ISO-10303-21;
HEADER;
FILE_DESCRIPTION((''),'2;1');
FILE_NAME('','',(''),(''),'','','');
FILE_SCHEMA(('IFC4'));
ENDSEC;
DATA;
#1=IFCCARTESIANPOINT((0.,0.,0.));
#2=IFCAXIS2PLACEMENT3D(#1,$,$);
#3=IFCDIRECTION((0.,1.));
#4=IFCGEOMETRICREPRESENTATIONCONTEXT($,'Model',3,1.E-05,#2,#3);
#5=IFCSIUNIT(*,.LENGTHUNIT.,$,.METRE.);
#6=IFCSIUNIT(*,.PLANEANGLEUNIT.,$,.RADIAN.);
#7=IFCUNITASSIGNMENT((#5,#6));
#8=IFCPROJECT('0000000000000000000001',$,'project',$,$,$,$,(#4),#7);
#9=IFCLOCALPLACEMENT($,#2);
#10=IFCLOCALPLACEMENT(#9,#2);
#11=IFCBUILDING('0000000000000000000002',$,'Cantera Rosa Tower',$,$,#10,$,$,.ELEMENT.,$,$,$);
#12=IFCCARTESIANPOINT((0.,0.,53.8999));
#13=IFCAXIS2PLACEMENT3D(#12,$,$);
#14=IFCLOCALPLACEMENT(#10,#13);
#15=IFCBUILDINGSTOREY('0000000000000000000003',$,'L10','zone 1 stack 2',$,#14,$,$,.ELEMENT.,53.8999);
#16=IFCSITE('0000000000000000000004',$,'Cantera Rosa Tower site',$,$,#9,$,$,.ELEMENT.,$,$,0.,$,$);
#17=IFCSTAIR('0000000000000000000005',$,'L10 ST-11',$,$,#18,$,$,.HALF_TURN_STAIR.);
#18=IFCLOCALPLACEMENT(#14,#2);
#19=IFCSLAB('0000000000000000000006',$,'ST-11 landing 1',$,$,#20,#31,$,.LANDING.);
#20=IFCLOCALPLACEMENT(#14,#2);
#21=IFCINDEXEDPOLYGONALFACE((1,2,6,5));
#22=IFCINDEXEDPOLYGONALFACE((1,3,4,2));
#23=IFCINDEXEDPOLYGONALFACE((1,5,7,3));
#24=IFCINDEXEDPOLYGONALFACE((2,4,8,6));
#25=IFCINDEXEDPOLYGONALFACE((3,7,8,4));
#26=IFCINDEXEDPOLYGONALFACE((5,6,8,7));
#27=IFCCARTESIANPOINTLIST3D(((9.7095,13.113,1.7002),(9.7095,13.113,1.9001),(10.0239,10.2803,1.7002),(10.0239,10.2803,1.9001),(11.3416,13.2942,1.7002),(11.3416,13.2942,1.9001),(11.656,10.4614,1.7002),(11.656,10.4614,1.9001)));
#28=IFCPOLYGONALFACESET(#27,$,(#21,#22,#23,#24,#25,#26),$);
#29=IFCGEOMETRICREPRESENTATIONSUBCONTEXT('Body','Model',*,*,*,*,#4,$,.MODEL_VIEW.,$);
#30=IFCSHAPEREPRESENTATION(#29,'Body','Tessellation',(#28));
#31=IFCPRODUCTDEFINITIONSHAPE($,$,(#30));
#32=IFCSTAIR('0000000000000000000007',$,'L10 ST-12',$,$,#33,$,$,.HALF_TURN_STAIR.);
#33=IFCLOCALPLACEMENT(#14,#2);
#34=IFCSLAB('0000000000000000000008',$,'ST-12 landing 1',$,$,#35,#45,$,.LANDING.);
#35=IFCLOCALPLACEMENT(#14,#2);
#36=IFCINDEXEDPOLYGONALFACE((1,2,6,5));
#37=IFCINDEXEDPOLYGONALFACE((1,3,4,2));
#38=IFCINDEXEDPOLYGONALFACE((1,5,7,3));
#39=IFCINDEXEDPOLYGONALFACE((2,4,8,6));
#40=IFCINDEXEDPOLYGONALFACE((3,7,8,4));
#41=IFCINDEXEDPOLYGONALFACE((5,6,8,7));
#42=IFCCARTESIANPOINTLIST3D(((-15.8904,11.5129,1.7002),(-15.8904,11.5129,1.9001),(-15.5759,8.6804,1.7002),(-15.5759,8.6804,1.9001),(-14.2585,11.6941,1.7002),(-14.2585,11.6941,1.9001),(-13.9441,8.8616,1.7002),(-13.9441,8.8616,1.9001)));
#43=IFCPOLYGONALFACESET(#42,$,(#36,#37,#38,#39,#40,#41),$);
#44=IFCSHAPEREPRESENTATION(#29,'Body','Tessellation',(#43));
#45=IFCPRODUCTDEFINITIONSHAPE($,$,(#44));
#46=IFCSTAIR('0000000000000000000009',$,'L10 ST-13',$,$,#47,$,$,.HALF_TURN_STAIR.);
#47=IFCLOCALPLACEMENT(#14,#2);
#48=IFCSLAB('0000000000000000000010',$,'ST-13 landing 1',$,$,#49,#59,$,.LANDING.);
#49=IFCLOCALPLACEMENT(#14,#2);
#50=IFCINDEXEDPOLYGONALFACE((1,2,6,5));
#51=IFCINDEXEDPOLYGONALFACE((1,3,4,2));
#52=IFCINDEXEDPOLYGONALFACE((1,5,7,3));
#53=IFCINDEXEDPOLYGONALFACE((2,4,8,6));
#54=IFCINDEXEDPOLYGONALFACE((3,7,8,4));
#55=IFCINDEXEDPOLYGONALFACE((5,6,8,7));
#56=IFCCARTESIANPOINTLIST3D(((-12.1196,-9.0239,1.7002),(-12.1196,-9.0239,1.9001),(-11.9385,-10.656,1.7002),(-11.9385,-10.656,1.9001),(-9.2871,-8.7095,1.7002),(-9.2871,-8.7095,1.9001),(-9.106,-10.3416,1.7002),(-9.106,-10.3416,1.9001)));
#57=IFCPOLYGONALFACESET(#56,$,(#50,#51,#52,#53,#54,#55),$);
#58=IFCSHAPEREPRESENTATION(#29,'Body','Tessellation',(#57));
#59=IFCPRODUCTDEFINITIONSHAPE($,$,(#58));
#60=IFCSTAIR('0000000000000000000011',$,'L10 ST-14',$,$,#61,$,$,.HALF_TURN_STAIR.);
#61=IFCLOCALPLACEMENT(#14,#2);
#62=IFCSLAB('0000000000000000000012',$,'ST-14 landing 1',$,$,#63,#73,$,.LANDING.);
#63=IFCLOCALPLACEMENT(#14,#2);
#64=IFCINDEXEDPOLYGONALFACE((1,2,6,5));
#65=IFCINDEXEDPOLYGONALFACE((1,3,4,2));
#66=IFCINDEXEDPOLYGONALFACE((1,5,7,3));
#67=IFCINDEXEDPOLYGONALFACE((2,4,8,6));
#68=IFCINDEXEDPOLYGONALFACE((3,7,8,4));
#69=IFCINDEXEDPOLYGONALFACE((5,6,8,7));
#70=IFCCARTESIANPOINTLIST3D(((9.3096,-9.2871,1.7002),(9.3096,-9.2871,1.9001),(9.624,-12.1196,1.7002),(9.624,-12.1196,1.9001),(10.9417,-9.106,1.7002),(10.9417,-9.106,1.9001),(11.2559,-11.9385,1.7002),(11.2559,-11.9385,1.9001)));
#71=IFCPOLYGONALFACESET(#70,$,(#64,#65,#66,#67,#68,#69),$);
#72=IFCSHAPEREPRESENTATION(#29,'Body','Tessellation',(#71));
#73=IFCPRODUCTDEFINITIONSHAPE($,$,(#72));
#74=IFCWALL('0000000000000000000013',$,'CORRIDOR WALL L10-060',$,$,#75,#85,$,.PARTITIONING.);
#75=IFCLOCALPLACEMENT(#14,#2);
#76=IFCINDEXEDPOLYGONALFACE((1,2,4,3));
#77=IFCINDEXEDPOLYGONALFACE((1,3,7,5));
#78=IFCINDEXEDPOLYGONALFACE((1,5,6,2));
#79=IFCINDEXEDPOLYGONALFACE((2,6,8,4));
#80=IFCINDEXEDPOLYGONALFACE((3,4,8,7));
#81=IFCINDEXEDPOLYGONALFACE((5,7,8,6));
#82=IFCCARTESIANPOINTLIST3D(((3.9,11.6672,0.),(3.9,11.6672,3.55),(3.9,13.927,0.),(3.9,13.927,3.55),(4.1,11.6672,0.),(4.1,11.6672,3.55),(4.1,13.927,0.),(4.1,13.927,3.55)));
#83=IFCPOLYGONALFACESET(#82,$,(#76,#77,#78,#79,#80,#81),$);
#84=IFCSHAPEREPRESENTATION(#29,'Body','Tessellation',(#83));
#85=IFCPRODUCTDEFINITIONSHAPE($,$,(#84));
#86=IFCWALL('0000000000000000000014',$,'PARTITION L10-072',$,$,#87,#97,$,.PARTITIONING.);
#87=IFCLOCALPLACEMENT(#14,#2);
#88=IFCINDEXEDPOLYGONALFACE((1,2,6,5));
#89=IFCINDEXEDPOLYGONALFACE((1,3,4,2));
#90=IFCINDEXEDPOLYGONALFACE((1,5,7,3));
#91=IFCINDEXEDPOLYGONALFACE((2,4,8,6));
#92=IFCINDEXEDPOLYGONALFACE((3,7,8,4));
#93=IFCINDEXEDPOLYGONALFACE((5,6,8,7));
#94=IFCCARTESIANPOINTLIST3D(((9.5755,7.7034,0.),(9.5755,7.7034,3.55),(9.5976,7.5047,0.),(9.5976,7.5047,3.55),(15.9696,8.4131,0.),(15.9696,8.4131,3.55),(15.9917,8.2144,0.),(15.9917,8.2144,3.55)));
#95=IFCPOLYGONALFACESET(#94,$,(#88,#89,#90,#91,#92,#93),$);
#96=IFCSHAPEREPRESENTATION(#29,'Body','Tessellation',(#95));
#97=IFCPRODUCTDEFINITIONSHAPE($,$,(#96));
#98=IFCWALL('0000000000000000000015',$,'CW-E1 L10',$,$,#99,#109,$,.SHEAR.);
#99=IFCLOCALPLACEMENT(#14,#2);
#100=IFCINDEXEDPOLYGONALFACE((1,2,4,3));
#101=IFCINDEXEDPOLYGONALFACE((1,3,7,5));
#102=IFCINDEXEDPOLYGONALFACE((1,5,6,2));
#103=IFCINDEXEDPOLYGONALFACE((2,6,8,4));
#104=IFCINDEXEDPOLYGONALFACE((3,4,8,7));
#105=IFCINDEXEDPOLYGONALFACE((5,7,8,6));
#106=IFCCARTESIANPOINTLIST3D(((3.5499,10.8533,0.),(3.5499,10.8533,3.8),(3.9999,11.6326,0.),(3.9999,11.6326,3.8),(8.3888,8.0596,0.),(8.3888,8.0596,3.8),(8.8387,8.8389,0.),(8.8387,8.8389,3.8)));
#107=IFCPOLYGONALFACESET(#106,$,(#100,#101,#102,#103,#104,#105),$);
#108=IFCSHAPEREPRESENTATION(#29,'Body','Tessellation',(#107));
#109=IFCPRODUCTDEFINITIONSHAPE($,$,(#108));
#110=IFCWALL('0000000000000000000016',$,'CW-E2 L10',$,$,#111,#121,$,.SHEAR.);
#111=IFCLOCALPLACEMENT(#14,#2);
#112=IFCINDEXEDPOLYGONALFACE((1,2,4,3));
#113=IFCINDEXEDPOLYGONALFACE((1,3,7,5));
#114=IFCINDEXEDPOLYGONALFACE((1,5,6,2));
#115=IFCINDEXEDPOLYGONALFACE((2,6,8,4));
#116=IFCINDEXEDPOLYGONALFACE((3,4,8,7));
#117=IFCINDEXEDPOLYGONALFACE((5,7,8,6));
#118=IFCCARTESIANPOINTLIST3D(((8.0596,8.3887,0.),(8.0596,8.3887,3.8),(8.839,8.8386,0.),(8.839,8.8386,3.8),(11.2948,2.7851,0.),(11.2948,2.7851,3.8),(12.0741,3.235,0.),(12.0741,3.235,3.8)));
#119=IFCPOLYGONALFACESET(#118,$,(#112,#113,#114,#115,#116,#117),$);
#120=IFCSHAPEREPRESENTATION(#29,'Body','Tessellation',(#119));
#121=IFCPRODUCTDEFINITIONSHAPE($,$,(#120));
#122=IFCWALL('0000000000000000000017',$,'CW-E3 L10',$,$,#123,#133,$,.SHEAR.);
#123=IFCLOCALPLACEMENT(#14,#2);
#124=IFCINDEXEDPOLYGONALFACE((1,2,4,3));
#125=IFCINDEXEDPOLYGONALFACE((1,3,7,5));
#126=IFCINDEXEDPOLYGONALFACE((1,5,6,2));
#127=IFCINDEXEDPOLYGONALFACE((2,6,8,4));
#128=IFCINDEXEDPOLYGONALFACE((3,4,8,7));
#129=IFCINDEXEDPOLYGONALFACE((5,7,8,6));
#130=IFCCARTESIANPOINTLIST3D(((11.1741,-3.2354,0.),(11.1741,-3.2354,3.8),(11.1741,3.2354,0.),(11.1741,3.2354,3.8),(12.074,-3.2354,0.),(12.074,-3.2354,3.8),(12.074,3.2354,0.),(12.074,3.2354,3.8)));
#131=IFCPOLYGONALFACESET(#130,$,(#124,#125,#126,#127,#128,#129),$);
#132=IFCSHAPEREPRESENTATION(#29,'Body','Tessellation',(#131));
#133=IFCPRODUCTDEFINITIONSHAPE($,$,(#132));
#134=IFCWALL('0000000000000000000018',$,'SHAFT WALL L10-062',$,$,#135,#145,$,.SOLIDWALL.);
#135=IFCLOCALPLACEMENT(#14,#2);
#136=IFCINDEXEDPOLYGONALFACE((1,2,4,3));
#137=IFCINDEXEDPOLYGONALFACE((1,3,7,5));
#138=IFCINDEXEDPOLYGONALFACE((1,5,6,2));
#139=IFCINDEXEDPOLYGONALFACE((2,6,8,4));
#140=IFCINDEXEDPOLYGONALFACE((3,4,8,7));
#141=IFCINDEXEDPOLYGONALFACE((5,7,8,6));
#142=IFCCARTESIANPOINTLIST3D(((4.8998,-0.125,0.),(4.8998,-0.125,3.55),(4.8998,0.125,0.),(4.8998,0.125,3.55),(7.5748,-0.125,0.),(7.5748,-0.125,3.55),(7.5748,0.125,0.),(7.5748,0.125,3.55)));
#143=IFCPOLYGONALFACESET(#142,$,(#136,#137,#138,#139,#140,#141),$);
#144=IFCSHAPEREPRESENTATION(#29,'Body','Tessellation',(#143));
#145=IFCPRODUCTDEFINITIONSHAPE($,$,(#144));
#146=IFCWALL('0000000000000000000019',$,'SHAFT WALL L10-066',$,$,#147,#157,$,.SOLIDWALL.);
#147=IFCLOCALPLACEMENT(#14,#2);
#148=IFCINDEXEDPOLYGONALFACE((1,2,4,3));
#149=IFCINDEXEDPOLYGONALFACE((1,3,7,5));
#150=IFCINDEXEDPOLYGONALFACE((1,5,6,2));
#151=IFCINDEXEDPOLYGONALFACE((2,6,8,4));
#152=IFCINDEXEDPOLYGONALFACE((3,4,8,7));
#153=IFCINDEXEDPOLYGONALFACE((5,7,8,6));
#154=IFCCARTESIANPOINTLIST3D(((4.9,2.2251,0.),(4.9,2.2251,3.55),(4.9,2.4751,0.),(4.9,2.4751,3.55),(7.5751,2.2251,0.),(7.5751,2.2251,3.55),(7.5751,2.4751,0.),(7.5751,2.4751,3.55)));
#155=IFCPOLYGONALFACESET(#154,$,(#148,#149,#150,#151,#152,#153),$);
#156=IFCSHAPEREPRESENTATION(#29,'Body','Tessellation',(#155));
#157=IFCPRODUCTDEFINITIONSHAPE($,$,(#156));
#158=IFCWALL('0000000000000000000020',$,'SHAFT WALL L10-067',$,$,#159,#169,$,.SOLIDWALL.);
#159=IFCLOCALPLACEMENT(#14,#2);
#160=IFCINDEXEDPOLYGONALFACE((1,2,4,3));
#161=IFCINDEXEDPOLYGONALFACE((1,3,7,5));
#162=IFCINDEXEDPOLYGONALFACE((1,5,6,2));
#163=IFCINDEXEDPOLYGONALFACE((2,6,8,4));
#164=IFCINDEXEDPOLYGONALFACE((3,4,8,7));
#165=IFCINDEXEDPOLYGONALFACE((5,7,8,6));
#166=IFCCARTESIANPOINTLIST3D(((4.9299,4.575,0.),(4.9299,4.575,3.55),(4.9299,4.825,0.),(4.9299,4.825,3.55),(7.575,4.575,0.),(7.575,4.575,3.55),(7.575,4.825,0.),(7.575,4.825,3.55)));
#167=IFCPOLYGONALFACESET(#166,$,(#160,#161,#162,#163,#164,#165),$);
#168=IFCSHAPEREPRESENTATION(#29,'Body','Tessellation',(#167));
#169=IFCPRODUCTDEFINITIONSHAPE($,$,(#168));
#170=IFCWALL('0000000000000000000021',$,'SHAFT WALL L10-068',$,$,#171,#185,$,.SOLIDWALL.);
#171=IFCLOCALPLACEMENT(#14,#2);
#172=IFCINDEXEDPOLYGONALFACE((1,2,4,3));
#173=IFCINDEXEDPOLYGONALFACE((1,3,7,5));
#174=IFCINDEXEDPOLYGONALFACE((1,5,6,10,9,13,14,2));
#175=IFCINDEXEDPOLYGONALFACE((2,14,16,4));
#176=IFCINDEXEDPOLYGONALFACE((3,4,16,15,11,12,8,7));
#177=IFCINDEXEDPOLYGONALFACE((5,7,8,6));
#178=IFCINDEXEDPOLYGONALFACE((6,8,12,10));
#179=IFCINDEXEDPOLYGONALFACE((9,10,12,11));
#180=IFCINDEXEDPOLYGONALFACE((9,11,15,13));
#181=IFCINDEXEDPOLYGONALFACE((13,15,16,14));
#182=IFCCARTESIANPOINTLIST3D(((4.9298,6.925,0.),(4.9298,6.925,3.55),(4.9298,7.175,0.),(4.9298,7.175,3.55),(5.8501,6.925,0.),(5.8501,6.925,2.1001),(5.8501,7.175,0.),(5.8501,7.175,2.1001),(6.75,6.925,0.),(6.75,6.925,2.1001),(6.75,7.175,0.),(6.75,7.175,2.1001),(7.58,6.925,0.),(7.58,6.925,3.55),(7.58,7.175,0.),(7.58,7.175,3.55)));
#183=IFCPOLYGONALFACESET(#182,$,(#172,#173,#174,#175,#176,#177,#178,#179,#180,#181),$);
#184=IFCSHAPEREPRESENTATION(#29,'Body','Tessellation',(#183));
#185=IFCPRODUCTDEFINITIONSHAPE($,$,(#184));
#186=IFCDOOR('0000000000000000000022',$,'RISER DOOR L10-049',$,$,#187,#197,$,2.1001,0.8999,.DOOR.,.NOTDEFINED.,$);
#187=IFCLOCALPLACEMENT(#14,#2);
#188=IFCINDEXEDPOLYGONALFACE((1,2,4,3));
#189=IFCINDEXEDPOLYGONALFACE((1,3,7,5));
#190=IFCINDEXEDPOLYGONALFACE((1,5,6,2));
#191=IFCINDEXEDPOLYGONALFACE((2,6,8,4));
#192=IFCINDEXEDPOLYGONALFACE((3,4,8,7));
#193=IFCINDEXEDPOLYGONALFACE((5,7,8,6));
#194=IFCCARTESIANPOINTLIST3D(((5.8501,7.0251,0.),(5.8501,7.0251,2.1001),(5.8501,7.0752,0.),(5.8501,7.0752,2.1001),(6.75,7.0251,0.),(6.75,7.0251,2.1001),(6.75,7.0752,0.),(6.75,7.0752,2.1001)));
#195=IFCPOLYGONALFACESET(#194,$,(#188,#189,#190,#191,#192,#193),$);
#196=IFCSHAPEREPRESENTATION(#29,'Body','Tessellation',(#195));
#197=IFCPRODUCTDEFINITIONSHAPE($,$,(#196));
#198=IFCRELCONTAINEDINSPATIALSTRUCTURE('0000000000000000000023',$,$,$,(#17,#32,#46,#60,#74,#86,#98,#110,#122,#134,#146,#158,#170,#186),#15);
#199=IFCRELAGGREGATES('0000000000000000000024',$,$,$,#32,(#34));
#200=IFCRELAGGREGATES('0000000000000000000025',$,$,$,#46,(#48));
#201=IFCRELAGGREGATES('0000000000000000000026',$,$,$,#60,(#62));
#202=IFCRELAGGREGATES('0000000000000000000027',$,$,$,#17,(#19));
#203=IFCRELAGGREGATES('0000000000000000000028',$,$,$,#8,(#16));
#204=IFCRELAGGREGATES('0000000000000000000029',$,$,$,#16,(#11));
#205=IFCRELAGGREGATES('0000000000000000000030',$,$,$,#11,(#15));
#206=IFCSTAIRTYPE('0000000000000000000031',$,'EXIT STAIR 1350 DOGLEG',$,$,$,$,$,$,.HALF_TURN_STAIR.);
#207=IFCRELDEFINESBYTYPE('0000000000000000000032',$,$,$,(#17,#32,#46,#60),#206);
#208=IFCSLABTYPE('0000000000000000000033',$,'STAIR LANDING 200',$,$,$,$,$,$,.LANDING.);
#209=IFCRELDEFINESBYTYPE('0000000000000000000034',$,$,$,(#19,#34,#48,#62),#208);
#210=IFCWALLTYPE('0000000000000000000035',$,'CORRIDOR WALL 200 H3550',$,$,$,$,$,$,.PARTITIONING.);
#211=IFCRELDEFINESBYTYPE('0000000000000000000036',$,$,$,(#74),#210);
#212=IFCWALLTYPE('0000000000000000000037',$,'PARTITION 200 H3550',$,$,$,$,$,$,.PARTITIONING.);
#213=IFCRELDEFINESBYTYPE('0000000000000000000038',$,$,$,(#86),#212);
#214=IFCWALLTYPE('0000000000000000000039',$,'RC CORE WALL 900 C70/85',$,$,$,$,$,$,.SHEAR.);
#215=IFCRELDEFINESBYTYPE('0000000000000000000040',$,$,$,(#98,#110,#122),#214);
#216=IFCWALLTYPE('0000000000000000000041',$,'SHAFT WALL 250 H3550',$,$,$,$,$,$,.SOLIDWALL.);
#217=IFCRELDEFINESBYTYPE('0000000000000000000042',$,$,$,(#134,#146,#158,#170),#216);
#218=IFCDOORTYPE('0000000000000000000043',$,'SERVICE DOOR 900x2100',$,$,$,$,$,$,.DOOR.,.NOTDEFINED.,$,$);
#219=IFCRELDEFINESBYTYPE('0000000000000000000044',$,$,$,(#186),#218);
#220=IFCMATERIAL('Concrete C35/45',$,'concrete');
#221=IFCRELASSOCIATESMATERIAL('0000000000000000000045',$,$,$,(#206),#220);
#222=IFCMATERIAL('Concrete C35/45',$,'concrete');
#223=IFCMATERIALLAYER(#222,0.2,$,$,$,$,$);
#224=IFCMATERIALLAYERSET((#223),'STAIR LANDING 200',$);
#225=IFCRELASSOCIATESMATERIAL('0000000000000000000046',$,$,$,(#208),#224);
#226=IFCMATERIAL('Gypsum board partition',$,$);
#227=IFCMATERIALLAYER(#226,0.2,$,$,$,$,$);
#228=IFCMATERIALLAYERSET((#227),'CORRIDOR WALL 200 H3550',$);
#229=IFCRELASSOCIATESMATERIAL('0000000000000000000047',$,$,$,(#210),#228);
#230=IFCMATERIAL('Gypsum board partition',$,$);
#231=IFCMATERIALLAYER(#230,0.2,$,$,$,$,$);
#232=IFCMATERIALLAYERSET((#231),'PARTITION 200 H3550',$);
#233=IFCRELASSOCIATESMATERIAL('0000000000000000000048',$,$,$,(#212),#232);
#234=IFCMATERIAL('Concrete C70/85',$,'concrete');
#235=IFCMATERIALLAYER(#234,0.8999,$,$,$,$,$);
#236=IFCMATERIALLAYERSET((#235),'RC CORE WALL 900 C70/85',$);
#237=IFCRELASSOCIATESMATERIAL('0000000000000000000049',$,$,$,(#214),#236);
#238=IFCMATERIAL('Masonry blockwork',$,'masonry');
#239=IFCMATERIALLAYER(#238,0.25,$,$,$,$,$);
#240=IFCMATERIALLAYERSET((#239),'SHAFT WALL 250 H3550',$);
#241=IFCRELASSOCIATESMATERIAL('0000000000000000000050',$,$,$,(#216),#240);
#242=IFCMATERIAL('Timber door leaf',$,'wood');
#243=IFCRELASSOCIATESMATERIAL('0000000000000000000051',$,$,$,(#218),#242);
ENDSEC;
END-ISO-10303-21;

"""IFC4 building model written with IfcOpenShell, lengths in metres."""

from ifc_helpers import new_model, si_unit, direction, frame, frame_2d, origin, place, context, subcontext, project, spatial, polyline, rectangle, outline, extrude, material, layer, layer_set, type_object, element, fill, aggregate, save


model = new_model("IFC4")

# Units and contexts
model_context = context("Model", 3, precision=1e-05, world=origin(), true_north=direction((0.0, 1.0)))
body_context = subcontext(model_context, "Body", "Model", "MODEL_VIEW")
ifc_project = project(units=[si_unit("LENGTHUNIT", "METRE"), si_unit("PLANEANGLEUNIT", "RADIAN")], contexts=[model_context])

# Site, building, storey
site_placement = place(None, origin())
site = spatial("IfcSite", under=ifc_project, at=site_placement, Name="Cantera Rosa Tower site", CompositionType="ELEMENT", RefElevation=0.0)
building_placement = place(site_placement, origin())
building = spatial("IfcBuilding", under=site, at=building_placement, Name="Cantera Rosa Tower", CompositionType="ELEMENT")
storey_placement = place(building_placement, frame((0.0, 0.0, 53.8999)))
storey = spatial("IfcBuildingStorey", under=building, at=storey_placement, Name="L10", Description="zone 1 stack 2", CompositionType="ELEMENT", Elevation=53.8999)

# Stairs, slabs
ifc_material_1 = material(Name="Concrete C35/45", Category="concrete")
stair_type = type_object("IfcStairType", Name="EXIT STAIR 1350 DOGLEG", PredefinedType="HALF_TURN_STAIR", material=ifc_material_1)
stair_1_placement = place(storey_placement, origin())
stair_1 = element("IfcStair", 1, at=stair_1_placement, inside=storey, type_object=stair_type, Name="L10 ST-11", PredefinedType="HALF_TURN_STAIR")
ifc_material_2 = material(Name="Concrete C35/45", Category="concrete")
ifc_layer_1 = layer(ifc_material_2, 0.2)
ifc_layer_set_1 = layer_set([ifc_layer_1], Name="STAIR LANDING 200")
slab_type = type_object("IfcSlabType", Name="STAIR LANDING 200", PredefinedType="LANDING", material=ifc_layer_set_1)
slab_1_placement = place(storey_placement, frame((0.0, 0.0, 1.7002)))
slab_1 = element("IfcSlab", 2, at=slab_1_placement, type_object=slab_type, Name="ST-11 landing 1", PredefinedType="LANDING", context=body_context, shape_type="SweptSolid", body=[
    extrude(outline(polyline([(11.3416, 13.2942), (9.7095, 13.113), (10.0239, 10.2803), (11.656, 10.4614), (11.3416, 13.2942)])), origin(), (0.0, 0.0, 1.0), 0.2),
])
stair_2_placement = place(storey_placement, origin())
stair_2 = element("IfcStair", 3, at=stair_2_placement, inside=storey, type_object=stair_type, Name="L10 ST-12", PredefinedType="HALF_TURN_STAIR")
slab_2_placement = place(storey_placement, frame((0.0, 0.0, 1.7002)))
slab_2 = element("IfcSlab", 4, at=slab_2_placement, type_object=slab_type, Name="ST-12 landing 1", PredefinedType="LANDING", context=body_context, shape_type="SweptSolid", body=[
    extrude(outline(polyline([(-14.2585, 11.6941), (-15.8904, 11.5129), (-15.5759, 8.6804), (-13.9441, 8.8616), (-14.2585, 11.6941)])), origin(), (0.0, 0.0, 1.0), 0.2),
])
aggregate(stair_2, [slab_2])
stair_3_placement = place(storey_placement, origin())
stair_3 = element("IfcStair", 5, at=stair_3_placement, inside=storey, type_object=stair_type, Name="L10 ST-13", PredefinedType="HALF_TURN_STAIR")
slab_3_placement = place(storey_placement, frame((0.0, 0.0, 1.7002)))
slab_3 = element("IfcSlab", 6, at=slab_3_placement, type_object=slab_type, Name="ST-13 landing 1", PredefinedType="LANDING", context=body_context, shape_type="SweptSolid", body=[
    extrude(outline(polyline([(-9.106, -10.3416), (-9.2871, -8.7095), (-12.1196, -9.0239), (-11.9385, -10.656), (-9.106, -10.3416)])), origin(), (0.0, 0.0, 1.0), 0.2),
])
aggregate(stair_3, [slab_3])
stair_4_placement = place(storey_placement, origin())
stair_4 = element("IfcStair", 7, at=stair_4_placement, inside=storey, type_object=stair_type, Name="L10 ST-14", PredefinedType="HALF_TURN_STAIR")
slab_4_placement = place(storey_placement, frame((0.0, 0.0, 1.7002)))
slab_4 = element("IfcSlab", 8, at=slab_4_placement, type_object=slab_type, Name="ST-14 landing 1", PredefinedType="LANDING", context=body_context, shape_type="SweptSolid", body=[
    extrude(outline(polyline([(10.9417, -9.106), (9.3096, -9.2871), (9.624, -12.1196), (11.2559, -11.9385), (10.9417, -9.106)])), origin(), (0.0, 0.0, 1.0), 0.2),
])
aggregate(stair_4, [slab_4])

# Walls
ifc_material_3 = material(Name="Gypsum board partition")
ifc_layer_2 = layer(ifc_material_3, 0.2)
ifc_layer_set_2 = layer_set([ifc_layer_2], Name="CORRIDOR WALL 200 H3550")
wall_type_1 = type_object("IfcWallType", Name="CORRIDOR WALL 200 H3550", PredefinedType="PARTITIONING", material=ifc_layer_set_2)
wall_1_placement = place(storey_placement, frame((4.0, 11.6672, 0.0), z_axis=(0.0, 0.0, 1.0), x_axis=(0.0, 1.0, 0.0)))
element("IfcWall", 9, at=wall_1_placement, inside=storey, type_object=wall_type_1, Name="CORRIDOR WALL L10-060", PredefinedType="PARTITIONING", context=body_context, shape_type="SweptSolid", body=[
    extrude(rectangle(XDim=2.2598, YDim=0.2, at=frame_2d((1.1299, 0.0))), origin(), (0.0, 0.0, 1.0), 3.55),
])
ifc_material_4 = material(Name="Gypsum board partition")
ifc_layer_3 = layer(ifc_material_4, 0.2)
ifc_layer_set_3 = layer_set([ifc_layer_3], Name="PARTITION 200 H3550")
wall_type_2 = type_object("IfcWallType", Name="PARTITION 200 H3550", PredefinedType="PARTITIONING", material=ifc_layer_set_3)
wall_2_placement = place(storey_placement, frame((9.5864, 7.604, 0.0), z_axis=(0.0, 0.0, 1.0), x_axis=(0.993896, 0.110319, 0.0)))
element("IfcWall", 10, at=wall_2_placement, inside=storey, type_object=wall_type_2, Name="PARTITION L10-072", PredefinedType="PARTITIONING", context=body_context, shape_type="SweptSolid", body=[
    extrude(rectangle(XDim=6.4333, YDim=0.2, at=frame_2d((3.2168, 0.0))), origin(), (0.0, 0.0, 1.0), 3.55),
])
ifc_material_5 = material(Name="Concrete C70/85", Category="concrete")
ifc_layer_4 = layer(ifc_material_5, 0.8999)
ifc_layer_set_4 = layer_set([ifc_layer_4], Name="RC CORE WALL 900 C70/85")
wall_type_3 = type_object("IfcWallType", Name="RC CORE WALL 900 C70/85", PredefinedType="SHEAR", material=ifc_layer_set_4)
wall_3_placement = place(storey_placement, frame((3.7749, 11.2429, 0.0), z_axis=(0.0, 0.0, 1.0), x_axis=(0.866027, -0.499997, 0.0)))
element("IfcWall", 11, at=wall_3_placement, inside=storey, type_object=wall_type_3, Name="CW-E1 L10", PredefinedType="SHEAR", context=body_context, shape_type="SweptSolid", body=[
    extrude(rectangle(XDim=5.5874, YDim=0.8999, at=frame_2d((2.7937, 0.0))), origin(), (0.0, 0.0, 1.0), 3.8),
])
wall_4_placement = place(storey_placement, frame((8.4492, 8.6138, 0.0), z_axis=(0.0, 0.0, 1.0), x_axis=(0.49999, -0.866031, 0.0)))
element("IfcWall", 12, at=wall_4_placement, inside=storey, type_object=wall_type_3, Name="CW-E2 L10", PredefinedType="SHEAR", context=body_context, shape_type="SweptSolid", body=[
    extrude(rectangle(XDim=6.4705, YDim=0.8999, at=frame_2d((3.2354, 0.0))), origin(), (0.0, 0.0, 1.0), 3.8),
])
wall_5_placement = place(storey_placement, frame((11.624, 3.2354, 0.0), z_axis=(0.0, 0.0, 1.0), x_axis=(0.0, -1.0, 0.0)))
element("IfcWall", 13, at=wall_5_placement, inside=storey, type_object=wall_type_3, Name="CW-E3 L10", PredefinedType="SHEAR", context=body_context, shape_type="SweptSolid", body=[
    extrude(rectangle(XDim=6.4707, YDim=0.8999, at=frame_2d((3.2354, 0.0))), origin(), (0.0, 0.0, 1.0), 3.8),
])
ifc_material_6 = material(Name="Masonry blockwork", Category="masonry")
ifc_layer_5 = layer(ifc_material_6, 0.25)
ifc_layer_set_5 = layer_set([ifc_layer_5], Name="SHAFT WALL 250 H3550")
wall_type_4 = type_object("IfcWallType", Name="SHAFT WALL 250 H3550", PredefinedType="SOLIDWALL", material=ifc_layer_set_5)
for number, where, z_axis, x_axis, name in (
    (14, (4.8999, 0.0, 0.0), (0.0, 0.0, 1.0), (1.0, 0.0, 0.0), "SHAFT WALL L10-062"),
    (15, (7.575, 2.3501, 0.0), (0.0, 0.0, 1.0), (-1.0, 0.0, 0.0), "SHAFT WALL L10-066"),
):
    element("IfcWall", number, at=place(storey_placement, frame(where, z_axis=z_axis, x_axis=x_axis)), inside=storey, type_object=wall_type_4, Name=name, PredefinedType="SOLIDWALL", context=body_context, shape_type="SweptSolid", body=[
        extrude(rectangle(XDim=2.675, YDim=0.25, at=frame_2d((1.3374, 0.0))), origin(), (0.0, 0.0, 1.0), 3.55),
    ])
wall_6_placement = place(storey_placement, frame((7.575, 4.7, 0.0), z_axis=(0.0, 0.0, 1.0), x_axis=(-1.0, 0.0, 0.0)))
element("IfcWall", 16, at=wall_6_placement, inside=storey, type_object=wall_type_4, Name="SHAFT WALL L10-067", PredefinedType="SOLIDWALL", context=body_context, shape_type="SweptSolid", body=[
    extrude(rectangle(XDim=2.645, YDim=0.25, at=frame_2d((1.3225, 0.0))), origin(), (0.0, 0.0, 1.0), 3.55),
])

# Wall, opening, door
wall_7_placement = place(storey_placement, frame((7.5801, 7.05, 0.0), z_axis=(0.0, 0.0, 1.0), x_axis=(-1.0, 0.0, 0.0)))
wall_7 = element("IfcWall", 17, at=wall_7_placement, inside=storey, type_object=wall_type_4, Name="SHAFT WALL L10-068", PredefinedType="SOLIDWALL", context=body_context, shape_type="SweptSolid", body=[
    extrude(rectangle(XDim=2.6501, YDim=0.25, at=frame_2d((1.3252, 0.0))), origin(), (0.0, 0.0, 1.0), 3.55),
])
opening_placement = place(wall_7_placement, frame((0.8301, 0.0, 0.0)))
opening = element("IfcOpeningElement", 18, at=opening_placement, cuts=wall_7, PredefinedType="OPENING", context=body_context, shape_type="SweptSolid", body=[
    extrude(rectangle(XDim=0.8999, YDim=2.1001, at=frame_2d((0.45, 1.05))), frame((0.0, 0.135, 0.0), z_axis=(0.0, -1.0, 0.0), x_axis=(1.0, 0.0, 0.0)), (0.0, 0.0, 1.0), 0.27),
])
ifc_material_7 = material(Name="Timber door leaf", Category="wood")
door_type = type_object("IfcDoorType", Name="SERVICE DOOR 900x2100", OperationType="NOTDEFINED", PredefinedType="DOOR", material=ifc_material_7)
door_placement = place(opening_placement, origin())
door = element("IfcDoor", 19, at=door_placement, inside=storey, type_object=door_type, Name="RISER DOOR L10-049", OperationType="NOTDEFINED", OverallHeight=2.1001, OverallWidth=0.8999, PredefinedType="DOOR", context=body_context, shape_type="SweptSolid", body=[
    extrude(rectangle(XDim=0.8999, YDim=2.1001, at=frame_2d((0.45, 1.05))), frame((0.0, 0.0249, 0.0), z_axis=(0.0, -1.0, 0.0), x_axis=(1.0, 0.0, 0.0)), (0.0, 0.0, 1.0), 0.05),
])
fill(opening, door)

aggregate(stair_1, [slab_1])

save(model, "model.ifc")
